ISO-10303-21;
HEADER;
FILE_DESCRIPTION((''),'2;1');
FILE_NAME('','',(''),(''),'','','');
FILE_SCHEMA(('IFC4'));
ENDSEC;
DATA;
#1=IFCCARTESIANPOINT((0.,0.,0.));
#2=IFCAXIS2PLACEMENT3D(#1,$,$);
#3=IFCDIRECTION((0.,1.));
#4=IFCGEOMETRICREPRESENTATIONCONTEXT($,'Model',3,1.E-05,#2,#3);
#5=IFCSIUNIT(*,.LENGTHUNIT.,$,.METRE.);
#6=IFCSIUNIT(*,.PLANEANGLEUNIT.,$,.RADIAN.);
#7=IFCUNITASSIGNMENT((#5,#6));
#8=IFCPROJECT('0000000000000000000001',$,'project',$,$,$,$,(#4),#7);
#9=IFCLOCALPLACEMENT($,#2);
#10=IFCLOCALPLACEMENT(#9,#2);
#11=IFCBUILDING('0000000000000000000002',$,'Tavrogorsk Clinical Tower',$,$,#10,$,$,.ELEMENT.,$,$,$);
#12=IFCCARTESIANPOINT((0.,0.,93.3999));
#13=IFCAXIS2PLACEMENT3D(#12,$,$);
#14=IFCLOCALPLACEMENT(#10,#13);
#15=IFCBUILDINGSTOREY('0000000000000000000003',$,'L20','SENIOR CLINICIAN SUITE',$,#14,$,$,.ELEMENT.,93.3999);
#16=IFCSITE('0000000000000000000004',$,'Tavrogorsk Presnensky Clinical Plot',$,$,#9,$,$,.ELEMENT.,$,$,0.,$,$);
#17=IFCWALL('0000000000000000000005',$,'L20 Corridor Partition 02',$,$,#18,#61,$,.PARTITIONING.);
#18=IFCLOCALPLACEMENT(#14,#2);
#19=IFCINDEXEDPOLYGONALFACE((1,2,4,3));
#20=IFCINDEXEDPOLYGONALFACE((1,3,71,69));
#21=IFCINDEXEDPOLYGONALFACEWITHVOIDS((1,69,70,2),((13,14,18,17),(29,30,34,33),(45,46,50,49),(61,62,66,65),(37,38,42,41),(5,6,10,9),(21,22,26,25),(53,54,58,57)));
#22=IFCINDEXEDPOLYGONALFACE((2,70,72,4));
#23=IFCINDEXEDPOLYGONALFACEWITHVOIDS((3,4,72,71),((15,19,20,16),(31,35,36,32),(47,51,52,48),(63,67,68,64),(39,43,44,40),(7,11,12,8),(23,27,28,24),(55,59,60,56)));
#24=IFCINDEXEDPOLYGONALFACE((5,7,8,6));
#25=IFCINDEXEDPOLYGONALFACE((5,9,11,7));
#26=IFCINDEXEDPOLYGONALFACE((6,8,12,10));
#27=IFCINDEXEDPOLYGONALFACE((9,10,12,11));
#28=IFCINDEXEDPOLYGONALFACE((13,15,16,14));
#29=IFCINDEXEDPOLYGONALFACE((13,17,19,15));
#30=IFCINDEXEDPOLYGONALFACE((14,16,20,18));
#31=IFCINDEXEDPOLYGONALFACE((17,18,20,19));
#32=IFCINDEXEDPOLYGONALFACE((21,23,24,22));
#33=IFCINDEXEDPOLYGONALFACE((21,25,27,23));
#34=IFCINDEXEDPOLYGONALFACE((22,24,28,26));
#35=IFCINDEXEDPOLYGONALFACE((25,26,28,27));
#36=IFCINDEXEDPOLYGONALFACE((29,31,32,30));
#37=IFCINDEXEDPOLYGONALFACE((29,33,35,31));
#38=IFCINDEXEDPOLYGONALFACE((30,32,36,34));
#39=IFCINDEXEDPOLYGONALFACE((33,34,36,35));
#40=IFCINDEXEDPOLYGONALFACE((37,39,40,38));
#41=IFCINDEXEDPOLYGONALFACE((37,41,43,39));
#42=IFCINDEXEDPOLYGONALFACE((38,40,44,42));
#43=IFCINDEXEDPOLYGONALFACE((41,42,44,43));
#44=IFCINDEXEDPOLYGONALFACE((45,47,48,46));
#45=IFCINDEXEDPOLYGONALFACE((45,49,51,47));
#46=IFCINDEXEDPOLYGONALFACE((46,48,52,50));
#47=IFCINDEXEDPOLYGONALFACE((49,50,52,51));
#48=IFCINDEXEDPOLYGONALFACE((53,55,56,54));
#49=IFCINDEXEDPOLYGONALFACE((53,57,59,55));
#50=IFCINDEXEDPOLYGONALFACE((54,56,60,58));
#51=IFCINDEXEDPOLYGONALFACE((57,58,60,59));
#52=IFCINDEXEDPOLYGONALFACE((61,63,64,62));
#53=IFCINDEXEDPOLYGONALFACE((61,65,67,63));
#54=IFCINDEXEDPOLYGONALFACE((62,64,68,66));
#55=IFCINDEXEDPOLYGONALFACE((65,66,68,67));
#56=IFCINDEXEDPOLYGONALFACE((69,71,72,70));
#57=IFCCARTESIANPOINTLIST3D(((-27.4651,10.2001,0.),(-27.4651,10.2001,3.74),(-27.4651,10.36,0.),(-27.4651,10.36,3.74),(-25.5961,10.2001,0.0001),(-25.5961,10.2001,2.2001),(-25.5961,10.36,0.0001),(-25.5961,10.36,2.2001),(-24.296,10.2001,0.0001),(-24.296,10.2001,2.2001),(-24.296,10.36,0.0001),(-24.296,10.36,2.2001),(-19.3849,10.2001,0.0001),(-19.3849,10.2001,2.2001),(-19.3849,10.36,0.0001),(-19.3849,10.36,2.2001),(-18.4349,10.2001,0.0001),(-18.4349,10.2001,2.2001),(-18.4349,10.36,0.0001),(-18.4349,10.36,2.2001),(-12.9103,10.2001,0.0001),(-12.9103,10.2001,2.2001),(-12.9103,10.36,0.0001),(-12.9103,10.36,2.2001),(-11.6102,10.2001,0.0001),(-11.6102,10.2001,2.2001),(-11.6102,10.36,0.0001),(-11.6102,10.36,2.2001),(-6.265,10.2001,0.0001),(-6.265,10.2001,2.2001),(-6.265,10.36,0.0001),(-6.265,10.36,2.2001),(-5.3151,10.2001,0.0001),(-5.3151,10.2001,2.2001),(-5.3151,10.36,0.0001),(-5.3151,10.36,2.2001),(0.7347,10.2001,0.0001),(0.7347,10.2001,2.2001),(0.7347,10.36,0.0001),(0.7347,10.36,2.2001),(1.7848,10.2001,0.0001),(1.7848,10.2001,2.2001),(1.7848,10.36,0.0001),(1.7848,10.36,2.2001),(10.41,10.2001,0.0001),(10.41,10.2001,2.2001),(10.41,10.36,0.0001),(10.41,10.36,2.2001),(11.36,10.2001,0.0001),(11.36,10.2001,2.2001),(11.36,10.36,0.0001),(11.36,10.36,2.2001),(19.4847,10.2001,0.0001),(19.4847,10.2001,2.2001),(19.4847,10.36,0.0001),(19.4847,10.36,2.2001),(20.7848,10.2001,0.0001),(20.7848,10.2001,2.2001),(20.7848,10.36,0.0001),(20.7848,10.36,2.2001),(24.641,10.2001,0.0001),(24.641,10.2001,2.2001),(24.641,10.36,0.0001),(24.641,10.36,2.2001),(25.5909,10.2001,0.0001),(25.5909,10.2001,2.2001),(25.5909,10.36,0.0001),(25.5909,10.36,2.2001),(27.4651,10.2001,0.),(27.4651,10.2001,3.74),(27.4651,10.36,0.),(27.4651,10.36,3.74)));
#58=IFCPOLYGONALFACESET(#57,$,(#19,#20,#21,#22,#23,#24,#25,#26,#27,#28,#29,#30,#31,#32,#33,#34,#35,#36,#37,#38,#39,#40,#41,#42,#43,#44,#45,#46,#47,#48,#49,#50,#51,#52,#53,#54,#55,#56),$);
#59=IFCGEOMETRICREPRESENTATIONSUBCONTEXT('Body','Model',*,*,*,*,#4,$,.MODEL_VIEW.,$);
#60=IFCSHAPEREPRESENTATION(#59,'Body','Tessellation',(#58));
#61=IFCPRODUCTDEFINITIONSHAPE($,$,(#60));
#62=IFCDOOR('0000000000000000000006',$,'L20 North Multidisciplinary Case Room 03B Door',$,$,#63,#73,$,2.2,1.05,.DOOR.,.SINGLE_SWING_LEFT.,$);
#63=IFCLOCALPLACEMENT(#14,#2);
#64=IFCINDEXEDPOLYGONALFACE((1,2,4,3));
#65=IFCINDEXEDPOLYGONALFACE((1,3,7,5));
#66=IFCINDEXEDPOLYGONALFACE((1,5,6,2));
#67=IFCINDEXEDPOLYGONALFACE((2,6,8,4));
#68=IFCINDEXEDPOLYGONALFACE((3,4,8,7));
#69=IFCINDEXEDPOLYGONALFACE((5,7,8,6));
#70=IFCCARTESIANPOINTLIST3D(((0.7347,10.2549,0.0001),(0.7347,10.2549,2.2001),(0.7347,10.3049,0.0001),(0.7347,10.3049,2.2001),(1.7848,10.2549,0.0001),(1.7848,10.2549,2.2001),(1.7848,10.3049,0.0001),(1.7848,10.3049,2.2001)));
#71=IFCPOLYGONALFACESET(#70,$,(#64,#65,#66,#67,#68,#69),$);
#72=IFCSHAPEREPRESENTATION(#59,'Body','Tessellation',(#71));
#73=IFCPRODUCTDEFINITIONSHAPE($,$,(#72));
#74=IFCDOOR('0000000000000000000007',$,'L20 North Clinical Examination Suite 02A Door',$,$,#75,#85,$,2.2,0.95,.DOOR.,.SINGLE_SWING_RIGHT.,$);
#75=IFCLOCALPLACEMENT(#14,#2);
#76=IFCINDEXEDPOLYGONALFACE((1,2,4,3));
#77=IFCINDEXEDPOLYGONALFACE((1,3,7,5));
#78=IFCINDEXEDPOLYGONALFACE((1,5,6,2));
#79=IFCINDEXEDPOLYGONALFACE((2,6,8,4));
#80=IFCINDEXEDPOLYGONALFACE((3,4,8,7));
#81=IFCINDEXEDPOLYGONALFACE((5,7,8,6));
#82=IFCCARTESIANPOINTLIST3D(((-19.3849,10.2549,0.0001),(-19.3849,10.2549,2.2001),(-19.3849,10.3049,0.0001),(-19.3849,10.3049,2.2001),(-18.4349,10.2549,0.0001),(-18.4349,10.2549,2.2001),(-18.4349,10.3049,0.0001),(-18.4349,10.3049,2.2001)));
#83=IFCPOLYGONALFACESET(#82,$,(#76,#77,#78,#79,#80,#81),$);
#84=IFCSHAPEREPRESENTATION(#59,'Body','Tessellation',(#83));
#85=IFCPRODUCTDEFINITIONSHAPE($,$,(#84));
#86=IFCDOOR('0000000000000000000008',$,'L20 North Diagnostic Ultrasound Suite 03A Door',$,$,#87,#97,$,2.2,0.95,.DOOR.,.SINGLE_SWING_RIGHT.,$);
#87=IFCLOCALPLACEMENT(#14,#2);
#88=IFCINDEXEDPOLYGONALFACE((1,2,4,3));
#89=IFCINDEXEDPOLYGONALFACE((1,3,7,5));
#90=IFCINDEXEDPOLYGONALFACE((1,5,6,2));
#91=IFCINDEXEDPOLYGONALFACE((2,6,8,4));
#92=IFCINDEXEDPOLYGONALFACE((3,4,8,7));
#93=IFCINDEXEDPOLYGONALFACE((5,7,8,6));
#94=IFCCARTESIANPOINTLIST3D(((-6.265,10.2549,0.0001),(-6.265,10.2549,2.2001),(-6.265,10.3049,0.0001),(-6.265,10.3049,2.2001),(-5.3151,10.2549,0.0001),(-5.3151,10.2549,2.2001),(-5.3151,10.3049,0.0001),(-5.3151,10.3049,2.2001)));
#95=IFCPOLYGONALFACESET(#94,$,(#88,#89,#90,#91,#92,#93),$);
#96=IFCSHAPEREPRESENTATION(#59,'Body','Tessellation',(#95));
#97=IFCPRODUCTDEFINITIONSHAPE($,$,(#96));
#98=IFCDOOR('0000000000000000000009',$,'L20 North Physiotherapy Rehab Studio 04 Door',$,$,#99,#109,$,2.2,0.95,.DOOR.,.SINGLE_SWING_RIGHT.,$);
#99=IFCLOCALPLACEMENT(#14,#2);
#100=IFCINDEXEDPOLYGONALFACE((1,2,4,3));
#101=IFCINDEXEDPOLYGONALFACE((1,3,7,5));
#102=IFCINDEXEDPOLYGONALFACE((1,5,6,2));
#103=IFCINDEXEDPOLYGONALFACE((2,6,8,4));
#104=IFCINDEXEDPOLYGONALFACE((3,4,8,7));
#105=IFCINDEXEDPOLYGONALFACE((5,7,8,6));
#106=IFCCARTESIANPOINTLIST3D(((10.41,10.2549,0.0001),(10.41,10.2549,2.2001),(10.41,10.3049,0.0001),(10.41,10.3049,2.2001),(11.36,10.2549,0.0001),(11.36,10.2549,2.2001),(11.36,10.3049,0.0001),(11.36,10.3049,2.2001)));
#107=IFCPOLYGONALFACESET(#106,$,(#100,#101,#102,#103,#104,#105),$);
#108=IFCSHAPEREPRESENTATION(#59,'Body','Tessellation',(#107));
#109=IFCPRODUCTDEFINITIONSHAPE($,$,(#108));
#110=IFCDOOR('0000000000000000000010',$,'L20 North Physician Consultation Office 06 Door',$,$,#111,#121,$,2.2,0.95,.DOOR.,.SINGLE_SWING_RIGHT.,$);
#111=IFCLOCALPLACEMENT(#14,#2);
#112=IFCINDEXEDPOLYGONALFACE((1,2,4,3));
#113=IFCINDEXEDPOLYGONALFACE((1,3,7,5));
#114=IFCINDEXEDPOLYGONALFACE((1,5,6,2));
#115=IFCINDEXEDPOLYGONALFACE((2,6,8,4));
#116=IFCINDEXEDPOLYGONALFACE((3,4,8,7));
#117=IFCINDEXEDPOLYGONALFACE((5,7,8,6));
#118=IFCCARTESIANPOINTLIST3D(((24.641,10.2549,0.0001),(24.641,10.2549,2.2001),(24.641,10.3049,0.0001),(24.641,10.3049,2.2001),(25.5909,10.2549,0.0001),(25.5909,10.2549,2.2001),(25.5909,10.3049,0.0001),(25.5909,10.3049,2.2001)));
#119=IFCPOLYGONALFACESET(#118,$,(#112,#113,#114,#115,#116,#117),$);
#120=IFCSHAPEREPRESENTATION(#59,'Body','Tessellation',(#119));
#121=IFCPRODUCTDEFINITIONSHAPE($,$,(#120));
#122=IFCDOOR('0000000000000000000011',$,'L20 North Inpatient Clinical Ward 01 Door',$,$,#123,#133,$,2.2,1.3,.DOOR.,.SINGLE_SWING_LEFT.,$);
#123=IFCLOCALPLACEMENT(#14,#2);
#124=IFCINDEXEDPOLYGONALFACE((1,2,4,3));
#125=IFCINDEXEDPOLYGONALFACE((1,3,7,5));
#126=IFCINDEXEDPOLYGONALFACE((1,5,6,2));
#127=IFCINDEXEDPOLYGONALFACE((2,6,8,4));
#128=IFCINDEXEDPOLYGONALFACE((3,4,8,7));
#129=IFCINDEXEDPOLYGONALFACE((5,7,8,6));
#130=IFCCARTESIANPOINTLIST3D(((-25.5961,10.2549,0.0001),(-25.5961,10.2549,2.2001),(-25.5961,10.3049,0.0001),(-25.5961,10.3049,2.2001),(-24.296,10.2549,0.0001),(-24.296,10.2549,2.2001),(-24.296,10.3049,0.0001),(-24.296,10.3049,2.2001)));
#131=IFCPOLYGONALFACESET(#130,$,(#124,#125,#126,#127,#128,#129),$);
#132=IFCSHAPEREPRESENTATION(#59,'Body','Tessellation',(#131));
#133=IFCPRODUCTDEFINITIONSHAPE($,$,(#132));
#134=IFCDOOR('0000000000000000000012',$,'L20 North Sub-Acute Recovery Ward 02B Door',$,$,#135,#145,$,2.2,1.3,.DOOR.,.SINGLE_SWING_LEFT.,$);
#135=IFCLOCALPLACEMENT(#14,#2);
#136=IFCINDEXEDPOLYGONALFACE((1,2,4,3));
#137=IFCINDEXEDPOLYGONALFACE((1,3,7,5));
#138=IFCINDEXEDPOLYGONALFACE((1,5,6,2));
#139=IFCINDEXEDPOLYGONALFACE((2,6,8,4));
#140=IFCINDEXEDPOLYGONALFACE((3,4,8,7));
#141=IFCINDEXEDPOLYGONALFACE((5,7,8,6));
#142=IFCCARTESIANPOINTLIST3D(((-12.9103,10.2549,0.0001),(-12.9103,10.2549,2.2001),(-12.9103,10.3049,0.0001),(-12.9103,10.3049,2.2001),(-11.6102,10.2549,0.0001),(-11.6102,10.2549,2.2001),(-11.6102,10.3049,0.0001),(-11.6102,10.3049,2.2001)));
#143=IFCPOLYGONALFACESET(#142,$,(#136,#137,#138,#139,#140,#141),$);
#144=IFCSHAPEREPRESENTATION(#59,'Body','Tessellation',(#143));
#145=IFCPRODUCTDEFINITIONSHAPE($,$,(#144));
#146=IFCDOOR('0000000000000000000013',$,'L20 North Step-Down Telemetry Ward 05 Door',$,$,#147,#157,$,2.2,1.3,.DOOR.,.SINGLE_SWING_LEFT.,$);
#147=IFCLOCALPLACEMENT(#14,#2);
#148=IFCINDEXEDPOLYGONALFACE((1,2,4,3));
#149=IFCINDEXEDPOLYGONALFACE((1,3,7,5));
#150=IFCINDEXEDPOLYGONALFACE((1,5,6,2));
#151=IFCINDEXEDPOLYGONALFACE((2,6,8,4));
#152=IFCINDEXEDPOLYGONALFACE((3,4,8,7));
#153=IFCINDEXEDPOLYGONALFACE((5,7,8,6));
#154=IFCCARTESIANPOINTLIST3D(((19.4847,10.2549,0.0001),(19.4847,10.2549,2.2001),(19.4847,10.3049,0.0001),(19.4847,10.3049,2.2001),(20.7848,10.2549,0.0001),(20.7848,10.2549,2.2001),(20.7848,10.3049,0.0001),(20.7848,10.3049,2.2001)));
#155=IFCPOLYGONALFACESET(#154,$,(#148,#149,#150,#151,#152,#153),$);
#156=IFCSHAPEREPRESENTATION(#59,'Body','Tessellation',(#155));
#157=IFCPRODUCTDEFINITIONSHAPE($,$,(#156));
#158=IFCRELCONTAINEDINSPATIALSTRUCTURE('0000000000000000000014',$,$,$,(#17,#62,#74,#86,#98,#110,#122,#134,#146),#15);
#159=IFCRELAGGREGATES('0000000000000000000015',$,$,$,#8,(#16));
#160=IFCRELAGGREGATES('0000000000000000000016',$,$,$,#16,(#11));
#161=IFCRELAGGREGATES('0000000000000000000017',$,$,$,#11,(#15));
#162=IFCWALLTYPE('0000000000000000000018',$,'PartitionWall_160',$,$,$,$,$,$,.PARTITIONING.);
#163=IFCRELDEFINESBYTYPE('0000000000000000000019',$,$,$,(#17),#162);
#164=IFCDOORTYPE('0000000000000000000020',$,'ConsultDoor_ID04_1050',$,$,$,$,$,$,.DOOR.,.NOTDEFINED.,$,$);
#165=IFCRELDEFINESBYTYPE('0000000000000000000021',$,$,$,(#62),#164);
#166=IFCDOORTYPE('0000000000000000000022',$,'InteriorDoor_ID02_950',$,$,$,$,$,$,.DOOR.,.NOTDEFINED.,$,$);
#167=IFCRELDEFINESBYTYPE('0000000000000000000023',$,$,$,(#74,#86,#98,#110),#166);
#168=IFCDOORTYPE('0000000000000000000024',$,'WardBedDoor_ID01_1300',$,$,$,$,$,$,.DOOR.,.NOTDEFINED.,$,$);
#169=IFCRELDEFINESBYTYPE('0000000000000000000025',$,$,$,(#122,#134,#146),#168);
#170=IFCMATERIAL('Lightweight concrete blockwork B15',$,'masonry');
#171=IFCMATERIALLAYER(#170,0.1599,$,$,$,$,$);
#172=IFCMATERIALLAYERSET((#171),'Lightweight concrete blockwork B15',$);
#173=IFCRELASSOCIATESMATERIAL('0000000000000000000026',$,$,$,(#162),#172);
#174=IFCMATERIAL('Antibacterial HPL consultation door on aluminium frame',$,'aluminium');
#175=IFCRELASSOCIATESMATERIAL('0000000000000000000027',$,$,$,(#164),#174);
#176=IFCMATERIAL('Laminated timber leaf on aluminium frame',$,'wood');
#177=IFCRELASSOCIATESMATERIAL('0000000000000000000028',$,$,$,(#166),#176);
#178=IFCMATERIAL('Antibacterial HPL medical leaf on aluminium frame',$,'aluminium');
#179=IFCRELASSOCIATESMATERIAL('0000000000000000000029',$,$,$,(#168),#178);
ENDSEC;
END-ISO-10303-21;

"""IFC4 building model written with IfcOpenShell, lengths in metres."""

from ifc_helpers import new_model, si_unit, direction, frame, frame_2d, origin, place, context, subcontext, project, spatial, rectangle, extrude, material, layer, layer_set, type_object, element, fill, save


model = new_model("IFC4")

# Units and contexts
model_context = context("Model", 3, precision=1e-05, world=origin(), true_north=direction((0.0, 1.0)))
body_context = subcontext(model_context, "Body", "Model", "MODEL_VIEW")
ifc_project = project(units=[si_unit("LENGTHUNIT", "METRE"), si_unit("PLANEANGLEUNIT", "RADIAN")], contexts=[model_context])

# Site, building, storey
site_placement = place(None, origin())
site = spatial("IfcSite", under=ifc_project, at=site_placement, Name="Tavrogorsk Presnensky Clinical Plot", CompositionType="ELEMENT", RefElevation=0.0)
building_placement = place(site_placement, origin())
building = spatial("IfcBuilding", under=site, at=building_placement, Name="Tavrogorsk Clinical Tower", CompositionType="ELEMENT")
storey_placement = place(building_placement, frame((0.0, 0.0, 93.3999)))
storey = spatial("IfcBuildingStorey", under=building, at=storey_placement, Name="L20", Description="SENIOR CLINICIAN SUITE", CompositionType="ELEMENT", Elevation=93.3999)

# Wall, openings, doors
ifc_material_1 = material(Name="Lightweight concrete blockwork B15", Category="masonry")
ifc_layer_1 = layer(ifc_material_1, 0.1599)
ifc_layer_set_1 = layer_set([ifc_layer_1], Name="Lightweight concrete blockwork B15")
wall_type_1 = type_object("IfcWallType", Name="PartitionWall_160", PredefinedType="PARTITIONING", material=ifc_layer_set_1)
wall_1_placement = place(storey_placement, frame((-27.4651, 10.28, 0.0), z_axis=(0.0, 0.0, 1.0), x_axis=(1.0, 0.0, 0.0)))
wall_1 = element("IfcWall", 1, at=wall_1_placement, inside=storey, type_object=wall_type_1, Name="L20 Corridor Partition 02", PredefinedType="PARTITIONING", context=body_context, shape_type="SweptSolid", body=[
    extrude(rectangle(XDim=54.9302, YDim=0.1599, at=frame_2d((27.4651, 0.0))), origin(), (0.0, 0.0, 1.0), 3.74),
])
opening_1_placement = place(wall_1_placement, frame((1.8691, 0.0, 0.0)))
opening_1 = element("IfcOpeningElement", 2, at=opening_1_placement, cuts=wall_1, PredefinedType="OPENING", context=body_context, shape_type="SweptSolid", body=[
    extrude(rectangle(XDim=1.3, YDim=2.2, at=frame_2d((0.6499, 1.1001))), frame((0.0, 0.0898, 0.0), z_axis=(0.0, -1.0, 0.0), x_axis=(1.0, 0.0, 0.0)), (0.0, 0.0, 1.0), 0.1799),
])
opening_2_placement = place(wall_1_placement, frame((8.0801, 0.0, 0.0)))
opening_2 = element("IfcOpeningElement", 3, at=opening_2_placement, cuts=wall_1, PredefinedType="OPENING", context=body_context, shape_type="SweptSolid", body=[
    extrude(rectangle(XDim=0.95, YDim=2.2, at=frame_2d((0.4751, 1.1001))), frame((0.0, 0.0898, 0.0), z_axis=(0.0, -1.0, 0.0), x_axis=(1.0, 0.0, 0.0)), (0.0, 0.0, 1.0), 0.1799),
])
opening_3_placement = place(wall_1_placement, frame((14.5549, 0.0, 0.0)))
opening_3 = element("IfcOpeningElement", 4, at=opening_3_placement, cuts=wall_1, PredefinedType="OPENING", context=body_context, shape_type="SweptSolid", body=[
    extrude(rectangle(XDim=1.3, YDim=2.2, at=frame_2d((0.6499, 1.1001))), frame((0.0, 0.0898, 0.0), z_axis=(0.0, -1.0, 0.0), x_axis=(1.0, 0.0, 0.0)), (0.0, 0.0, 1.0), 0.1799),
])
opening_4_placement = place(wall_1_placement, frame((21.2, 0.0, 0.0)))
opening_4 = element("IfcOpeningElement", 5, at=opening_4_placement, cuts=wall_1, PredefinedType="OPENING", context=body_context, shape_type="SweptSolid", body=[
    extrude(rectangle(XDim=0.95, YDim=2.2, at=frame_2d((0.4751, 1.1001))), frame((0.0, 0.0898, 0.0), z_axis=(0.0, -1.0, 0.0), x_axis=(1.0, 0.0, 0.0)), (0.0, 0.0, 1.0), 0.1799),
])
opening_5_placement = place(wall_1_placement, frame((28.2, 0.0, 0.0)))
opening_5 = element("IfcOpeningElement", 6, at=opening_5_placement, cuts=wall_1, PredefinedType="OPENING", context=body_context, shape_type="SweptSolid", body=[
    extrude(rectangle(XDim=1.05, YDim=2.2, at=frame_2d((0.5249, 1.1001))), frame((0.0, 0.0898, 0.0), z_axis=(0.0, -1.0, 0.0), x_axis=(1.0, 0.0, 0.0)), (0.0, 0.0, 1.0), 0.1799),
])
opening_6_placement = place(wall_1_placement, frame((37.875, 0.0, 0.0)))
opening_6 = element("IfcOpeningElement", 7, at=opening_6_placement, cuts=wall_1, PredefinedType="OPENING", context=body_context, shape_type="SweptSolid", body=[
    extrude(rectangle(XDim=0.95, YDim=2.2, at=frame_2d((0.4751, 1.1001))), frame((0.0, 0.0898, 0.0), z_axis=(0.0, -1.0, 0.0), x_axis=(1.0, 0.0, 0.0)), (0.0, 0.0, 1.0), 0.1799),
])
opening_7_placement = place(wall_1_placement, frame((46.95, 0.0, 0.0)))
opening_7 = element("IfcOpeningElement", 8, at=opening_7_placement, cuts=wall_1, PredefinedType="OPENING", context=body_context, shape_type="SweptSolid", body=[
    extrude(rectangle(XDim=1.3, YDim=2.2, at=frame_2d((0.6499, 1.1001))), frame((0.0, 0.0898, 0.0), z_axis=(0.0, -1.0, 0.0), x_axis=(1.0, 0.0, 0.0)), (0.0, 0.0, 1.0), 0.1799),
])
opening_8_placement = place(wall_1_placement, frame((52.106, 0.0, 0.0)))
opening_8 = element("IfcOpeningElement", 9, at=opening_8_placement, cuts=wall_1, PredefinedType="OPENING", context=body_context, shape_type="SweptSolid", body=[
    extrude(rectangle(XDim=0.95, YDim=2.2, at=frame_2d((0.4751, 1.1001))), frame((0.0, 0.0898, 0.0), z_axis=(0.0, -1.0, 0.0), x_axis=(1.0, 0.0, 0.0)), (0.0, 0.0, 1.0), 0.1799),
])
ifc_material_2 = material(Name="Antibacterial HPL consultation door on aluminium frame", Category="aluminium")
door_type_1 = type_object("IfcDoorType", Name="ConsultDoor_ID04_1050", OperationType="NOTDEFINED", PredefinedType="DOOR", material=ifc_material_2)
door_1_placement = place(opening_5_placement, origin())
door_1 = element("IfcDoor", 10, at=door_1_placement, inside=storey, type_object=door_type_1, Name="L20 North Multidisciplinary Case Room 03B Door", OperationType="SINGLE_SWING_LEFT", OverallHeight=2.2, OverallWidth=1.05, PredefinedType="DOOR", context=body_context, shape_type="SweptSolid", body=[
    extrude(rectangle(XDim=1.05, YDim=2.2, at=frame_2d((0.5249, 1.1001))), frame((0.0, 0.0249, 0.0), z_axis=(0.0, -1.0, 0.0), x_axis=(1.0, 0.0, 0.0)), (0.0, 0.0, 1.0), 0.05),
])
fill(opening_5, door_1)
ifc_material_3 = material(Name="Laminated timber leaf on aluminium frame", Category="wood")
door_type_2 = type_object("IfcDoorType", Name="InteriorDoor_ID02_950", OperationType="NOTDEFINED", PredefinedType="DOOR", material=ifc_material_3)
door_2_placement = place(opening_2_placement, origin())
door_2 = element("IfcDoor", 11, at=door_2_placement, inside=storey, type_object=door_type_2, Name="L20 North Clinical Examination Suite 02A Door", OperationType="SINGLE_SWING_RIGHT", OverallHeight=2.2, OverallWidth=0.95, PredefinedType="DOOR", context=body_context, shape_type="SweptSolid", body=[
    extrude(rectangle(XDim=0.95, YDim=2.2, at=frame_2d((0.4751, 1.1001))), frame((0.0, 0.0249, 0.0), z_axis=(0.0, -1.0, 0.0), x_axis=(1.0, 0.0, 0.0)), (0.0, 0.0, 1.0), 0.05),
])
fill(opening_2, door_2)
door_3_placement = place(opening_4_placement, origin())
door_3 = element("IfcDoor", 12, at=door_3_placement, inside=storey, type_object=door_type_2, Name="L20 North Diagnostic Ultrasound Suite 03A Door", OperationType="SINGLE_SWING_RIGHT", OverallHeight=2.2, OverallWidth=0.95, PredefinedType="DOOR", context=body_context, shape_type="SweptSolid", body=[
    extrude(rectangle(XDim=0.95, YDim=2.2, at=frame_2d((0.4751, 1.1001))), frame((0.0, 0.0249, 0.0), z_axis=(0.0, -1.0, 0.0), x_axis=(1.0, 0.0, 0.0)), (0.0, 0.0, 1.0), 0.05),
])
fill(opening_4, door_3)
door_4_placement = place(opening_6_placement, origin())
door_4 = element("IfcDoor", 13, at=door_4_placement, inside=storey, type_object=door_type_2, Name="L20 North Physiotherapy Rehab Studio 04 Door", OperationType="SINGLE_SWING_RIGHT", OverallHeight=2.2, OverallWidth=0.95, PredefinedType="DOOR", context=body_context, shape_type="SweptSolid", body=[
    extrude(rectangle(XDim=0.95, YDim=2.2, at=frame_2d((0.4751, 1.1001))), frame((0.0, 0.0249, 0.0), z_axis=(0.0, -1.0, 0.0), x_axis=(1.0, 0.0, 0.0)), (0.0, 0.0, 1.0), 0.05),
])
fill(opening_6, door_4)
door_5_placement = place(opening_8_placement, origin())
door_5 = element("IfcDoor", 14, at=door_5_placement, inside=storey, type_object=door_type_2, Name="L20 North Physician Consultation Office 06 Door", OperationType="SINGLE_SWING_RIGHT", OverallHeight=2.2, OverallWidth=0.95, PredefinedType="DOOR", context=body_context, shape_type="SweptSolid", body=[
    extrude(rectangle(XDim=0.95, YDim=2.2, at=frame_2d((0.4751, 1.1001))), frame((0.0, 0.0249, 0.0), z_axis=(0.0, -1.0, 0.0), x_axis=(1.0, 0.0, 0.0)), (0.0, 0.0, 1.0), 0.05),
])
fill(opening_8, door_5)
ifc_material_4 = material(Name="Antibacterial HPL medical leaf on aluminium frame", Category="aluminium")
door_type_3 = type_object("IfcDoorType", Name="WardBedDoor_ID01_1300", OperationType="NOTDEFINED", PredefinedType="DOOR", material=ifc_material_4)
door_6_placement = place(opening_1_placement, origin())
door_6 = element("IfcDoor", 15, at=door_6_placement, inside=storey, type_object=door_type_3, Name="L20 North Inpatient Clinical Ward 01 Door", OperationType="SINGLE_SWING_LEFT", OverallHeight=2.2, OverallWidth=1.3, PredefinedType="DOOR", context=body_context, shape_type="SweptSolid", body=[
    extrude(rectangle(XDim=1.3, YDim=2.2, at=frame_2d((0.6499, 1.1001))), frame((0.0, 0.0249, 0.0), z_axis=(0.0, -1.0, 0.0), x_axis=(1.0, 0.0, 0.0)), (0.0, 0.0, 1.0), 0.05),
])
fill(opening_1, door_6)
door_7_placement = place(opening_3_placement, origin())
door_7 = element("IfcDoor", 16, at=door_7_placement, inside=storey, type_object=door_type_3, Name="L20 North Sub-Acute Recovery Ward 02B Door", OperationType="SINGLE_SWING_LEFT", OverallHeight=2.2, OverallWidth=1.3, PredefinedType="DOOR", context=body_context, shape_type="SweptSolid", body=[
    extrude(rectangle(XDim=1.3, YDim=2.2, at=frame_2d((0.6499, 1.1001))), frame((0.0, 0.0249, 0.0), z_axis=(0.0, -1.0, 0.0), x_axis=(1.0, 0.0, 0.0)), (0.0, 0.0, 1.0), 0.05),
])
fill(opening_3, door_7)
door_8_placement = place(opening_7_placement, origin())
door_8 = element("IfcDoor", 17, at=door_8_placement, inside=storey, type_object=door_type_3, Name="L20 North Step-Down Telemetry Ward 05 Door", OperationType="SINGLE_SWING_LEFT", OverallHeight=2.2, OverallWidth=1.3, PredefinedType="DOOR", context=body_context, shape_type="SweptSolid", body=[
    extrude(rectangle(XDim=1.3, YDim=2.2, at=frame_2d((0.6499, 1.1001))), frame((0.0, 0.0249, 0.0), z_axis=(0.0, -1.0, 0.0), x_axis=(1.0, 0.0, 0.0)), (0.0, 0.0, 1.0), 0.05),
])
fill(opening_7, door_8)

save(model, "model.ifc")
